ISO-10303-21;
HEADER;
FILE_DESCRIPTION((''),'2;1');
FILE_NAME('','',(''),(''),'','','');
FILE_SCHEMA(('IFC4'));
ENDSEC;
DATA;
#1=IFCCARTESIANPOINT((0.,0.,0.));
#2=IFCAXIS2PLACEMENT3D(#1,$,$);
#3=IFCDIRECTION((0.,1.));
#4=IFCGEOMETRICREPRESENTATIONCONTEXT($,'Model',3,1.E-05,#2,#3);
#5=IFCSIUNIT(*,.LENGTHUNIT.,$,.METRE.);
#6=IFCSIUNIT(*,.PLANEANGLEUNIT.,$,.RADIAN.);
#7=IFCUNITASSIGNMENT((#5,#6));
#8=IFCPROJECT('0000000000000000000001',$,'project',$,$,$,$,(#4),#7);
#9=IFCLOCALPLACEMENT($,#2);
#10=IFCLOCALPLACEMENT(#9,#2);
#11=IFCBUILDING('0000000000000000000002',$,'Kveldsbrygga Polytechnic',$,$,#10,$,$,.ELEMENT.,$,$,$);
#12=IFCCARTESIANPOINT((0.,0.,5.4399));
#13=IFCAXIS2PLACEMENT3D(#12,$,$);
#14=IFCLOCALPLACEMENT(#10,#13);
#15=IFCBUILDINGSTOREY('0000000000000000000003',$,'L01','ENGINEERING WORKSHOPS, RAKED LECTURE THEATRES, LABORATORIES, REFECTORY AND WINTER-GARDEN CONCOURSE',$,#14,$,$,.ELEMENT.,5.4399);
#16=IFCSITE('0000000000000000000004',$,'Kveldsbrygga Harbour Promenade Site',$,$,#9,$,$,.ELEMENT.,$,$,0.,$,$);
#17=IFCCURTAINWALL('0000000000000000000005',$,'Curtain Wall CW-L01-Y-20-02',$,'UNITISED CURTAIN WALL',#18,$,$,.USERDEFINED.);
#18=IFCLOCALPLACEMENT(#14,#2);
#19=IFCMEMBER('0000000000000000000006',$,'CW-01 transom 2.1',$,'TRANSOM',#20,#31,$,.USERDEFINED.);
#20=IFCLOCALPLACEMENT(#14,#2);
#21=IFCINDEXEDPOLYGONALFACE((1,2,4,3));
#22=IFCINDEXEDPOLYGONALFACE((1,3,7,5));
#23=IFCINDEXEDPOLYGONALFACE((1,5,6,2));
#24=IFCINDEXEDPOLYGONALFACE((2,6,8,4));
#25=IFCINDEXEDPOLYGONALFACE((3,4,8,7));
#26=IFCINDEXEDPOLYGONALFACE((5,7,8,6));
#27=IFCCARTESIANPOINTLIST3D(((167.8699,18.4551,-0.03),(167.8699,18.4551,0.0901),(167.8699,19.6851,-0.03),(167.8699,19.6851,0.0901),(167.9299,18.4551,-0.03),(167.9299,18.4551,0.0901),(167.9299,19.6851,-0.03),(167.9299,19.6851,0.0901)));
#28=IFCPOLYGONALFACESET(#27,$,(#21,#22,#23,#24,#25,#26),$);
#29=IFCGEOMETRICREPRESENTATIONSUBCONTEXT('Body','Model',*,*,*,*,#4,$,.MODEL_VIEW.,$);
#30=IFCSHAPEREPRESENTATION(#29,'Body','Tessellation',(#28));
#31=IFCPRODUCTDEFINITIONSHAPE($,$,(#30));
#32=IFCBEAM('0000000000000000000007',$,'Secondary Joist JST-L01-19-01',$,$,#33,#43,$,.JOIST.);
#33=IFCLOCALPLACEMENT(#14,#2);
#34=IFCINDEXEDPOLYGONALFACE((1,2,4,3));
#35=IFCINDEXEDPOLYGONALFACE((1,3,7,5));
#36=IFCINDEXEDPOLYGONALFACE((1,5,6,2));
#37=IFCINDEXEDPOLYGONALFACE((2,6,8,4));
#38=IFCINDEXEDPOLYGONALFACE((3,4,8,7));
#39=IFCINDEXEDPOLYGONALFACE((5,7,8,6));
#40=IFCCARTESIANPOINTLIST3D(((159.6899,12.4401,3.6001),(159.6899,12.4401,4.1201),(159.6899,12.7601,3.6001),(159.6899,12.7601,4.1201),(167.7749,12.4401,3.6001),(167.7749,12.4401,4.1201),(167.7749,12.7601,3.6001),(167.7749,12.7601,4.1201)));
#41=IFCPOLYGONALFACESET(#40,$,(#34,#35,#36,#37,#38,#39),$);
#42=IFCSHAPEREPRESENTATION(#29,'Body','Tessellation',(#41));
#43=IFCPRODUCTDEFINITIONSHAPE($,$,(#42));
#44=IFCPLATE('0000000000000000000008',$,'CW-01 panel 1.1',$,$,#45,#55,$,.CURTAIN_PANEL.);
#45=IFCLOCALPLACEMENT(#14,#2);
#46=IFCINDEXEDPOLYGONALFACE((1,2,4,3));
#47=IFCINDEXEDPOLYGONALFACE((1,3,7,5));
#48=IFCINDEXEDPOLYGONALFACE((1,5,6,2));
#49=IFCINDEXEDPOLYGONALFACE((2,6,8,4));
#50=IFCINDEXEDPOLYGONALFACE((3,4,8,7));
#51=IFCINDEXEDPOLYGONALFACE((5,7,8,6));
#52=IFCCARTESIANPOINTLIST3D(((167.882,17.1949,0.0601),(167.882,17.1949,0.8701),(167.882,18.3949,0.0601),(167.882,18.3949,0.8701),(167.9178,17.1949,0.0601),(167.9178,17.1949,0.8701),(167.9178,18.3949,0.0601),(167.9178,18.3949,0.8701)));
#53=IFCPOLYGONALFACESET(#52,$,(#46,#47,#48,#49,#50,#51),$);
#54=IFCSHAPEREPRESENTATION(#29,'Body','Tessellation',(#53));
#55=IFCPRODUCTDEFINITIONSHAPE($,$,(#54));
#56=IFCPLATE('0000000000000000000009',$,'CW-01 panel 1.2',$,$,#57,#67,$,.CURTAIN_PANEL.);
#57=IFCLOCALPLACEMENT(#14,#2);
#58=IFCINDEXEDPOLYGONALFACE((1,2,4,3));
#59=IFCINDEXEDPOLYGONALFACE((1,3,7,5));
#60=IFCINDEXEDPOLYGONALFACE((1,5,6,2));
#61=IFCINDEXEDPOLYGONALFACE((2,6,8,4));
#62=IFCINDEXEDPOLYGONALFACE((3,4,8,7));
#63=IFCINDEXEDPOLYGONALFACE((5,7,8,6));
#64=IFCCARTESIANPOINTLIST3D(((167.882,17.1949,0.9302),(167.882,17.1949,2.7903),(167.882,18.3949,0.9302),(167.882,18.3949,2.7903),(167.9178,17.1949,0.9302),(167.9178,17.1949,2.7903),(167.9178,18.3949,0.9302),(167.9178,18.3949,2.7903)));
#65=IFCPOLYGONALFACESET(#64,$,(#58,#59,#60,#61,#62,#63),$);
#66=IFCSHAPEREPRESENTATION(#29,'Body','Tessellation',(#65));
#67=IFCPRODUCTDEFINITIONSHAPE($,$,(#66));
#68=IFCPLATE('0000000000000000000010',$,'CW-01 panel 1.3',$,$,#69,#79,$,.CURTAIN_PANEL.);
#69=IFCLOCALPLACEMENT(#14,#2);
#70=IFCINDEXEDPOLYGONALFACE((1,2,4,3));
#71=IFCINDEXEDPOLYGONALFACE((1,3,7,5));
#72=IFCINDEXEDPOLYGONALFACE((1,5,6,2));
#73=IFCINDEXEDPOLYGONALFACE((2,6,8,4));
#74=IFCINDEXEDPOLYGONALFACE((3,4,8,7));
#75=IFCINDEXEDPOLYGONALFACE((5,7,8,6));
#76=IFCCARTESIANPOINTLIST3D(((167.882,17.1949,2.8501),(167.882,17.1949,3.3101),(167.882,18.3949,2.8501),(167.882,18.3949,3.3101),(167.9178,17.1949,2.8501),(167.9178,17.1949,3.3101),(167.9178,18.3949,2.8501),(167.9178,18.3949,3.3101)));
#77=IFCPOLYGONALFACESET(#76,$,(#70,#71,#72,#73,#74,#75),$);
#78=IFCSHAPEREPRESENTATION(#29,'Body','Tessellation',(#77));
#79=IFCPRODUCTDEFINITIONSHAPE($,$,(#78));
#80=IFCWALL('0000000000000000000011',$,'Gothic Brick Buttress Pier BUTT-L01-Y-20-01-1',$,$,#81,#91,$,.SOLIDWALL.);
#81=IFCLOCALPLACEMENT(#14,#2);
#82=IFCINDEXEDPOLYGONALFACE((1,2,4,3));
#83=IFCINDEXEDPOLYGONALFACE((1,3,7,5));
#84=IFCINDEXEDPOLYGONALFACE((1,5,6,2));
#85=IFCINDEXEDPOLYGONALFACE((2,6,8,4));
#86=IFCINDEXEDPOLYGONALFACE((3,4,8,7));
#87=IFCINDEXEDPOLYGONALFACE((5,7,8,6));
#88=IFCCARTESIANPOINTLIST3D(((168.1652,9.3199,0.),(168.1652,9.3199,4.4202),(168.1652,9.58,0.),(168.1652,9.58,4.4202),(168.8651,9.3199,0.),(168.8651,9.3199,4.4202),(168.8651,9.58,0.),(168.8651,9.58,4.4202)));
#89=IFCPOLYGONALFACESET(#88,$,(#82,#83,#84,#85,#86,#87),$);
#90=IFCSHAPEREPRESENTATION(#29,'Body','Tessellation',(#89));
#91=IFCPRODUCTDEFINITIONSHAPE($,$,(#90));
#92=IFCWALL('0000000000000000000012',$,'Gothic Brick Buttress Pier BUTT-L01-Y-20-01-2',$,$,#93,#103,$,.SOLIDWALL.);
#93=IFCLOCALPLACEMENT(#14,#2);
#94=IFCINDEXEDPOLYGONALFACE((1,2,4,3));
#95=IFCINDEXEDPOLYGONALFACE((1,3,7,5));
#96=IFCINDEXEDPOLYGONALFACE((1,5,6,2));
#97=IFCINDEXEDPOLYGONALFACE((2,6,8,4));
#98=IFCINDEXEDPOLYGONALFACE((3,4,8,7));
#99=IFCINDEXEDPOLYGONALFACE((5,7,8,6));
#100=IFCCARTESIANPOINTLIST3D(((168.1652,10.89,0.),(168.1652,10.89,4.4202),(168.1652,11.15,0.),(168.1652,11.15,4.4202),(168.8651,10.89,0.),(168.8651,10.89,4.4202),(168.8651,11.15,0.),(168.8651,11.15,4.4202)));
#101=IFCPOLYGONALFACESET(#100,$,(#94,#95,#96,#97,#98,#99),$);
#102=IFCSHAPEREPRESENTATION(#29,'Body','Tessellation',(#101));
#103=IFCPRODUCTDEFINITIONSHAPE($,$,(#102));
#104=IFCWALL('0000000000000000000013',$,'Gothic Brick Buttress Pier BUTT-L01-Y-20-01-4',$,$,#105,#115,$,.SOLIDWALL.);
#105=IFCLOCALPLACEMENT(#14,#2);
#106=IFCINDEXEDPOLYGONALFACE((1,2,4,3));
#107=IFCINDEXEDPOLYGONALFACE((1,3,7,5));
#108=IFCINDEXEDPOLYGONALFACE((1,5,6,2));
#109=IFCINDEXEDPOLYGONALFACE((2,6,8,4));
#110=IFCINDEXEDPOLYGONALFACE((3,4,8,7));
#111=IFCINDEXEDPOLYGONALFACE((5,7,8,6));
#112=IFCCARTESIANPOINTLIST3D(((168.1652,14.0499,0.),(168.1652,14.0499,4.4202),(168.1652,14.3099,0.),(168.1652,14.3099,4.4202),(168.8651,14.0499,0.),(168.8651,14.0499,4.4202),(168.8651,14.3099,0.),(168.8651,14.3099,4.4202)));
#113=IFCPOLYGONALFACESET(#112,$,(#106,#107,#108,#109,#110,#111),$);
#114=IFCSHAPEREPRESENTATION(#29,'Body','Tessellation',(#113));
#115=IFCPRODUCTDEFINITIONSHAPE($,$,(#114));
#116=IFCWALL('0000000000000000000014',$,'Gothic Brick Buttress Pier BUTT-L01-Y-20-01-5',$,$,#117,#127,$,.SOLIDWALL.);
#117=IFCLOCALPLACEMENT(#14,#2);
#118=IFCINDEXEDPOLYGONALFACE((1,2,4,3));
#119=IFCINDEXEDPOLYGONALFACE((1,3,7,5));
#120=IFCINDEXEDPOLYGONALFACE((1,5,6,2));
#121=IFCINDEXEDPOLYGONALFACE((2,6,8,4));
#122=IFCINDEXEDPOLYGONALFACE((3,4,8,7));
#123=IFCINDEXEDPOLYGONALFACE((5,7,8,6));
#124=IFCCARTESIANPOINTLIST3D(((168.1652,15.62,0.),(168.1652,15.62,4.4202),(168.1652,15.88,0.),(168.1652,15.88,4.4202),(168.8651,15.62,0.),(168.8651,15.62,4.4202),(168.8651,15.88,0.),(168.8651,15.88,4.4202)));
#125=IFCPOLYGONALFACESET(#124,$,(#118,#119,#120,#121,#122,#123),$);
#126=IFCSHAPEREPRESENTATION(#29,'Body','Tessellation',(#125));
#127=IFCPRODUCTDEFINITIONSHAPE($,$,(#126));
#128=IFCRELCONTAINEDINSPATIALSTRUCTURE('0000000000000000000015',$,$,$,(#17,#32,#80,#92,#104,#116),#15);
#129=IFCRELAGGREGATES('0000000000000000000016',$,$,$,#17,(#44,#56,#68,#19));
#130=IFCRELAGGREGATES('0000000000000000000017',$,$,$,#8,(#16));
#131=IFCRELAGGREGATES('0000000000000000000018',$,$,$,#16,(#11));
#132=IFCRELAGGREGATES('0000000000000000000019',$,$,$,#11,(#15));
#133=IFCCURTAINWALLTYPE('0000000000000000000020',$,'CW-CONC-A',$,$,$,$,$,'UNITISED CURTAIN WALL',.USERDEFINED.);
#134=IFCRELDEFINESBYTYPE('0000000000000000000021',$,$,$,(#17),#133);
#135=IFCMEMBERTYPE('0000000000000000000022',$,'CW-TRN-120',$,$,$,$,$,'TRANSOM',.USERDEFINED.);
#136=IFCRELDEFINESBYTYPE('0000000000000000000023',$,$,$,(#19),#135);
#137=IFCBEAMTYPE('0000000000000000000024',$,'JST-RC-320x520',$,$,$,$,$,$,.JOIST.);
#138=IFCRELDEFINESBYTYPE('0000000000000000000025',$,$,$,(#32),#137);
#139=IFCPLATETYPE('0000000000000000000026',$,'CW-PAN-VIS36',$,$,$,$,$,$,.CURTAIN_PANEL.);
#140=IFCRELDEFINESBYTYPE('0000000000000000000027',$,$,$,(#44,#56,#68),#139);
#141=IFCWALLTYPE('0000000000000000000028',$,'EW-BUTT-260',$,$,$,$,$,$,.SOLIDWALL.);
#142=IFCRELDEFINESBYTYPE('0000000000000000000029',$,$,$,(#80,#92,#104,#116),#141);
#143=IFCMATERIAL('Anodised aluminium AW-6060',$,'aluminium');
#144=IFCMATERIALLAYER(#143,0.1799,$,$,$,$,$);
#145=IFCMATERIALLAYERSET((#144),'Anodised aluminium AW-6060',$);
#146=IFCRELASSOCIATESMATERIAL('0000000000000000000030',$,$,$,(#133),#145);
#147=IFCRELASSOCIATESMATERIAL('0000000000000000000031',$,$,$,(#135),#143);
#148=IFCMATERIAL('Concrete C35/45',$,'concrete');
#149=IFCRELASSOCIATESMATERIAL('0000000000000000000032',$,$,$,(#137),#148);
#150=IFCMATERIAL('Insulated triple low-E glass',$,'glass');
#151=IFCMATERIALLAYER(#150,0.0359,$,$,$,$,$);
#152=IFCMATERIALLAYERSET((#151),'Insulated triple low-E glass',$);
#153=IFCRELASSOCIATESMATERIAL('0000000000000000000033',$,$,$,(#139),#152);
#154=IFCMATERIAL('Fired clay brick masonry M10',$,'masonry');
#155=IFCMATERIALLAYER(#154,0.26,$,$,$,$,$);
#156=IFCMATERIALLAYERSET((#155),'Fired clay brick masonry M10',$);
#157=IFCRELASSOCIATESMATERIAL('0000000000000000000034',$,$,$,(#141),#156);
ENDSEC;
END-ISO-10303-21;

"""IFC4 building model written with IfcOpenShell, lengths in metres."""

from ifc_helpers import new_model, si_unit, direction, frame, frame_2d, origin, origin_2d, place, context, subcontext, project, spatial, rectangle, extrude, material, layer, layer_set, material_profile, profile_set, type_object, element, aggregate, save


model = new_model("IFC4")

# Units and contexts
model_context = context("Model", 3, precision=1e-05, world=origin(), true_north=direction((0.0, 1.0)))
body_context = subcontext(model_context, "Body", "Model", "MODEL_VIEW")
ifc_project = project(units=[si_unit("LENGTHUNIT", "METRE"), si_unit("PLANEANGLEUNIT", "RADIAN")], contexts=[model_context])

# Site, building, storey
site_placement = place(None, origin())
site = spatial("IfcSite", under=ifc_project, at=site_placement, Name="Kveldsbrygga Harbour Promenade Site", CompositionType="ELEMENT", RefElevation=0.0)
building_placement = place(site_placement, origin())
building = spatial("IfcBuilding", under=site, at=building_placement, Name="Kveldsbrygga Polytechnic", CompositionType="ELEMENT")
storey_placement = place(building_placement, frame((0.0, 0.0, 5.4399)))
storey = spatial("IfcBuildingStorey", under=building, at=storey_placement, Name="L01", Description="ENGINEERING WORKSHOPS, RAKED LECTURE THEATRES, LABORATORIES, REFECTORY AND WINTER-GARDEN CONCOURSE", CompositionType="ELEMENT", Elevation=5.4399)

# Shared definitions
ifc_material_1 = material(Name="Concrete C35/45", Category="concrete")

# Curtain wall, member
ifc_material_2 = material(Name="Anodised aluminium AW-6060", Category="aluminium")
ifc_layer_1 = layer(ifc_material_2, 0.1799)
ifc_layer_set_1 = layer_set([ifc_layer_1], Name="Anodised aluminium AW-6060")
curtain_wall_type = type_object("IfcCurtainWallType", Name="CW-CONC-A", ElementType="UNITISED CURTAIN WALL", PredefinedType="USERDEFINED", material=ifc_layer_set_1)
curtain_wall_placement = place(storey_placement, origin())
curtain_wall = element("IfcCurtainWall", 1, at=curtain_wall_placement, inside=storey, type_object=curtain_wall_type, Name="Curtain Wall CW-L01-Y-20-02", ObjectType="UNITISED CURTAIN WALL", PredefinedType="USERDEFINED")
ifc_material_profile_1 = material_profile(ifc_material_2, rectangle(XDim=0.0601, YDim=0.1201, at=origin_2d()), Name="ALU 60x120")
ifc_profile_set_1 = profile_set([ifc_material_profile_1], Name="Anodised aluminium AW-6060")
member_type_1 = type_object("IfcMemberType", Name="CW-TRN-120", ElementType="TRANSOM", PredefinedType="USERDEFINED", material=ifc_profile_set_1)
member_1_placement = place(storey_placement, frame((167.8999, 18.4551, 0.03), z_axis=(0.0, 1.0, 0.0), x_axis=(-1.0, 0.0, 0.0)))
member_1 = element("IfcMember", 2, at=member_1_placement, type_object=member_type_1, Name="CW-01 transom 2.1", ObjectType="TRANSOM", PredefinedType="USERDEFINED", context=body_context, shape_type="SweptSolid", body=[
    extrude(rectangle(XDim=0.0601, YDim=0.1201, at=origin_2d()), origin(), (0.0, 0.0, 1.0), 1.23),
])

# Beam
ifc_material_profile_2 = material_profile(ifc_material_1, rectangle(XDim=0.3201, YDim=0.52, at=origin_2d()), Name="RC 320x520")
ifc_profile_set_2 = profile_set([ifc_material_profile_2], Name="Concrete C35/45")
beam_type_1 = type_object("IfcBeamType", Name="JST-RC-320x520", PredefinedType="JOIST", material=ifc_profile_set_2)
beam_1_placement = place(storey_placement, frame((159.6899, 12.6001, 3.8601), z_axis=(1.0, 0.0, 0.0), x_axis=(0.0, 1.0, 0.0)))
element("IfcBeam", 3, at=beam_1_placement, inside=storey, type_object=beam_type_1, Name="Secondary Joist JST-L01-19-01", PredefinedType="JOIST", context=body_context, shape_type="SweptSolid", body=[
    extrude(rectangle(XDim=0.3201, YDim=0.52, at=origin_2d()), origin(), (0.0, 0.0, 1.0), 8.085),
])

# Plates
ifc_material_3 = material(Name="Insulated triple low-E glass", Category="glass")
ifc_layer_2 = layer(ifc_material_3, 0.0359)
ifc_layer_set_2 = layer_set([ifc_layer_2], Name="Insulated triple low-E glass")
plate_type = type_object("IfcPlateType", Name="CW-PAN-VIS36", PredefinedType="CURTAIN_PANEL", material=ifc_layer_set_2)
plate_1_placement = place(storey_placement, frame((167.8999, 17.7949, 0.0601), z_axis=(0.0, 0.0, 1.0), x_axis=(0.0, 1.0, 0.0)))
plate_1 = element("IfcPlate", 4, at=plate_1_placement, type_object=plate_type, Name="CW-01 panel 1.1", PredefinedType="CURTAIN_PANEL", context=body_context, shape_type="SweptSolid", body=[
    extrude(rectangle(XDim=1.2, YDim=0.0359, at=origin_2d()), origin(), (0.0, 0.0, 1.0), 0.8101),
])
plate_2_placement = place(storey_placement, frame((167.8999, 17.7949, 0.9302), z_axis=(0.0, 0.0, 1.0), x_axis=(0.0, 1.0, 0.0)))
plate_2 = element("IfcPlate", 5, at=plate_2_placement, type_object=plate_type, Name="CW-01 panel 1.2", PredefinedType="CURTAIN_PANEL", context=body_context, shape_type="SweptSolid", body=[
    extrude(rectangle(XDim=1.2, YDim=0.0359, at=origin_2d()), origin(), (0.0, 0.0, 1.0), 1.8601),
])
plate_3_placement = place(storey_placement, frame((167.8999, 17.7949, 2.8501), z_axis=(0.0, 0.0, 1.0), x_axis=(0.0, 1.0, 0.0)))
plate_3 = element("IfcPlate", 6, at=plate_3_placement, type_object=plate_type, Name="CW-01 panel 1.3", PredefinedType="CURTAIN_PANEL", context=body_context, shape_type="SweptSolid", body=[
    extrude(rectangle(XDim=1.2, YDim=0.0359, at=origin_2d()), origin(), (0.0, 0.0, 1.0), 0.46),
])
aggregate(curtain_wall, [plate_1, plate_2, plate_3, member_1])

# Walls
ifc_material_4 = material(Name="Fired clay brick masonry M10", Category="masonry")
ifc_layer_3 = layer(ifc_material_4, 0.26)
ifc_layer_set_3 = layer_set([ifc_layer_3], Name="Fired clay brick masonry M10")
wall_type = type_object("IfcWallType", Name="EW-BUTT-260", PredefinedType="SOLIDWALL", material=ifc_layer_set_3)
for number, where, z_axis, x_axis, name in (
    (7, (168.165, 9.45, 0.0), (0.0, 0.0, 1.0), (1.0, 0.0, 0.0), "Gothic Brick Buttress Pier BUTT-L01-Y-20-01-1"),
    (8, (168.165, 11.02, 0.0), (0.0, 0.0, 1.0), (1.0, 0.0, 0.0), "Gothic Brick Buttress Pier BUTT-L01-Y-20-01-2"),
    (9, (168.165, 14.1799, 0.0), (0.0, 0.0, 1.0), (1.0, 0.0, 0.0), "Gothic Brick Buttress Pier BUTT-L01-Y-20-01-4"),
    (10, (168.165, 15.75, 0.0), (0.0, 0.0, 1.0), (1.0, 0.0, 0.0), "Gothic Brick Buttress Pier BUTT-L01-Y-20-01-5"),
):
    element("IfcWall", number, at=place(storey_placement, frame(where, z_axis=z_axis, x_axis=x_axis)), inside=storey, type_object=wall_type, Name=name, PredefinedType="SOLIDWALL", context=body_context, shape_type="SweptSolid", body=[
        extrude(rectangle(XDim=0.7, YDim=0.26, at=frame_2d((0.3501, 0.0))), origin(), (0.0, 0.0, 1.0), 4.4202),
    ])

save(model, "model.ifc")
